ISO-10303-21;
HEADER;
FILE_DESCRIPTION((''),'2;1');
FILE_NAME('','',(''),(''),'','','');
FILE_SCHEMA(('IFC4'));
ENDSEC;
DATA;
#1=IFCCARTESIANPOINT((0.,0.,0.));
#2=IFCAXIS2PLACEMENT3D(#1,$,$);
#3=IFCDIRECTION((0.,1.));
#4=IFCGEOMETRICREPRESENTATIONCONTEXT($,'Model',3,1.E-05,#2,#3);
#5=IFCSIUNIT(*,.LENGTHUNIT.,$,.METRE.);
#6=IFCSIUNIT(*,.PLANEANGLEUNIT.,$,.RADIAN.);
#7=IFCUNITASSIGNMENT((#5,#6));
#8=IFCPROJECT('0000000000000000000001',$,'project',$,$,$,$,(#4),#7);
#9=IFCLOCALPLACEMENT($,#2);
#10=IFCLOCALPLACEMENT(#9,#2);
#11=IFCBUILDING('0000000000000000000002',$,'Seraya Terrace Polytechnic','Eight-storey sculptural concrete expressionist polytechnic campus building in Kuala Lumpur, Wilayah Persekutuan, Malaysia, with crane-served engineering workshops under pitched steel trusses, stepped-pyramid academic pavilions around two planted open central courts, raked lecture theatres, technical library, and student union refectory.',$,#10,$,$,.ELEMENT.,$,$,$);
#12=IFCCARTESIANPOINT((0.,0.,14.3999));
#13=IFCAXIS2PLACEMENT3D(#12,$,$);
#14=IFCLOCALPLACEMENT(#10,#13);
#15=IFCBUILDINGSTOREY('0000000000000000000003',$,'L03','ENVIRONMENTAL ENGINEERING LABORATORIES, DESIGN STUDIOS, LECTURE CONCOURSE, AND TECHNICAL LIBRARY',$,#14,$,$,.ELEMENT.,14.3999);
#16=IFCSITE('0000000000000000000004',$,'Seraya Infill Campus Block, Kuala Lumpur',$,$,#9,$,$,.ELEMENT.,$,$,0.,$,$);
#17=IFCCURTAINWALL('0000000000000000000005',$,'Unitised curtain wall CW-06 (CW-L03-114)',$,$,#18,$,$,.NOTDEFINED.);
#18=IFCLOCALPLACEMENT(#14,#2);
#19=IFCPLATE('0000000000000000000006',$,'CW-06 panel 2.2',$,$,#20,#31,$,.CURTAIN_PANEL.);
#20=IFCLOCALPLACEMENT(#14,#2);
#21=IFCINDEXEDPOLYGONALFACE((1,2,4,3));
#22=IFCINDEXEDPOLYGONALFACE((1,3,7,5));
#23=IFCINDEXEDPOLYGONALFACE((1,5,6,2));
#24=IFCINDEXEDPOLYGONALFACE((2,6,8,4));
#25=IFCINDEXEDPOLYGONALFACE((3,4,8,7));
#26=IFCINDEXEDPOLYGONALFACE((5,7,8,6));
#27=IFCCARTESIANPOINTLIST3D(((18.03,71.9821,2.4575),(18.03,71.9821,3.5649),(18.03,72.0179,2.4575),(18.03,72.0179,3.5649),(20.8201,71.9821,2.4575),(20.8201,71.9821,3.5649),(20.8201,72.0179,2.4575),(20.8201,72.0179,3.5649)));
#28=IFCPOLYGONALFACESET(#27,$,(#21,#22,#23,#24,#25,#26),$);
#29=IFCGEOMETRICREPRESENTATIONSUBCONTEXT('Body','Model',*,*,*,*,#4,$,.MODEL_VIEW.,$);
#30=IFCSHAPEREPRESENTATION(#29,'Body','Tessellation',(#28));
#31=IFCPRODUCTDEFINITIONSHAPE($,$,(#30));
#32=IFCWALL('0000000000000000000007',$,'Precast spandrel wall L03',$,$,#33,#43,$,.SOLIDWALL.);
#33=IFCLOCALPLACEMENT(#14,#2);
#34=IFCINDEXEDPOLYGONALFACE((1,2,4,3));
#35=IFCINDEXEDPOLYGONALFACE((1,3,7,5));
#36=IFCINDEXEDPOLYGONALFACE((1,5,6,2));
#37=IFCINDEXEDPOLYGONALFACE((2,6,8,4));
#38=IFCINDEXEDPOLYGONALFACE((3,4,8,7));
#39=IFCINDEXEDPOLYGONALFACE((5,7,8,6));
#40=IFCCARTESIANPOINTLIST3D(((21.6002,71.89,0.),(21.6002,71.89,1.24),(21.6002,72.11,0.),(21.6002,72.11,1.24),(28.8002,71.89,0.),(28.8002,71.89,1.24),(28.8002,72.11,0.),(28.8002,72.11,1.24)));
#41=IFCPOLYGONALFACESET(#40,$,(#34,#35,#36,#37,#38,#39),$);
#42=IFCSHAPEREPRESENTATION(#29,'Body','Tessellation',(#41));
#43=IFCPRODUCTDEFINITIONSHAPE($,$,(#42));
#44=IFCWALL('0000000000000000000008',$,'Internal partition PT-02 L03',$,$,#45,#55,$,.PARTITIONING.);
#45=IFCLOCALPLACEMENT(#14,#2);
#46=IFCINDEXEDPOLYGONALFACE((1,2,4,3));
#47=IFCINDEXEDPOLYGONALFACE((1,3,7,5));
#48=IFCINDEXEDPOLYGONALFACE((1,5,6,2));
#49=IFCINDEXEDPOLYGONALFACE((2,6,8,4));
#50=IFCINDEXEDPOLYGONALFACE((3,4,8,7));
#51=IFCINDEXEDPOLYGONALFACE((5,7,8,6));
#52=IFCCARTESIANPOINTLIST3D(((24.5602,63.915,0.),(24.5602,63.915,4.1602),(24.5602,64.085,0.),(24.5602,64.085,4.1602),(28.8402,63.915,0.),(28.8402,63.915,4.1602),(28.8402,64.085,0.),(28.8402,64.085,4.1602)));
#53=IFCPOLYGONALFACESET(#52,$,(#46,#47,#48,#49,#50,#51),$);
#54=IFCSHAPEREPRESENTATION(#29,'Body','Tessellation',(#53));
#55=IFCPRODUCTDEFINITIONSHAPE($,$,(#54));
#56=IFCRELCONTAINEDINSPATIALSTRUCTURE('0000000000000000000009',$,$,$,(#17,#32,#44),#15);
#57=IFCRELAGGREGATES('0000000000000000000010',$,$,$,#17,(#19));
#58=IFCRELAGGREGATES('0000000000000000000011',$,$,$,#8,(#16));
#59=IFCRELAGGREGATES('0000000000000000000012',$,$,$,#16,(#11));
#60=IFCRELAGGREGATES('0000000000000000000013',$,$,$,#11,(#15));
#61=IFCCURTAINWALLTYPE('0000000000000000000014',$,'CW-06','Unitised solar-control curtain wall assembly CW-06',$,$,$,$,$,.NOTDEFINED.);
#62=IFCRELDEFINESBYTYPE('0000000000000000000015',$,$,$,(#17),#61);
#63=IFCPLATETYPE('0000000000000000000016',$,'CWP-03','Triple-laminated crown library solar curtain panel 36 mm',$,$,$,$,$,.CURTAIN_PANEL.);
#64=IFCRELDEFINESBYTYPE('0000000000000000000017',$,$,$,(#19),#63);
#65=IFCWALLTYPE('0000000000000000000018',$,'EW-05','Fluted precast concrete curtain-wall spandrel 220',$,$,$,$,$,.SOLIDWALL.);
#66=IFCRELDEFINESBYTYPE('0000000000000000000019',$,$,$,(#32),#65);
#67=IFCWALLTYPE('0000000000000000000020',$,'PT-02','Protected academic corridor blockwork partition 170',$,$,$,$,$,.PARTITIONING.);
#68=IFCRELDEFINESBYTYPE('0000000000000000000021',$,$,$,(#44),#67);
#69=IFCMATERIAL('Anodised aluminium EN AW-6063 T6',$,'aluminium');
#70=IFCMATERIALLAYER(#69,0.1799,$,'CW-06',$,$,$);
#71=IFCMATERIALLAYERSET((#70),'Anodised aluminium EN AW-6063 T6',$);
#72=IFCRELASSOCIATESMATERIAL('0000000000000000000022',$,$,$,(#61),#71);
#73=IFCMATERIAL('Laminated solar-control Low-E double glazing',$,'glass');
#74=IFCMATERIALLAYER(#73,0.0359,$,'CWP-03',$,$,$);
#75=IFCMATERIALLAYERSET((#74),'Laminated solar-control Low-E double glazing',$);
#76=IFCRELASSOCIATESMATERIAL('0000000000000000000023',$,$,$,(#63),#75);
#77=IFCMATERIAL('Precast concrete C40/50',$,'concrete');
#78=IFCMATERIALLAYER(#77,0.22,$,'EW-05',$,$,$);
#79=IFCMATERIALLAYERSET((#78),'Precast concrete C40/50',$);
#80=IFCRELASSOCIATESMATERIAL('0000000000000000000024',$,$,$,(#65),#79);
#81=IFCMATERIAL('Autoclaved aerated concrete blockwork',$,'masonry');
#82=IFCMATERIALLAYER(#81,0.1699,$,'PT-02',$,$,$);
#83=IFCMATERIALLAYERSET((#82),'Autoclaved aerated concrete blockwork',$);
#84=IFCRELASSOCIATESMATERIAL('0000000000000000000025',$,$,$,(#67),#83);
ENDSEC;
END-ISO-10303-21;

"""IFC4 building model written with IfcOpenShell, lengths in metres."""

from ifc_helpers import new_model, si_unit, direction, frame, frame_2d, origin, origin_2d, place, context, subcontext, project, spatial, rectangle, extrude, material, layer, layer_set, type_object, element, aggregate, save


model = new_model("IFC4")

# Units and contexts
model_context = context("Model", 3, precision=1e-05, world=origin(), true_north=direction((0.0, 1.0)))
body_context = subcontext(model_context, "Body", "Model", "MODEL_VIEW")
ifc_project = project(units=[si_unit("LENGTHUNIT", "METRE"), si_unit("PLANEANGLEUNIT", "RADIAN")], contexts=[model_context])

# Site, building, storey
site_placement = place(None, origin())
site = spatial("IfcSite", under=ifc_project, at=site_placement, Name="Seraya Infill Campus Block, Kuala Lumpur", CompositionType="ELEMENT", RefElevation=0.0)
building_placement = place(site_placement, origin())
building = spatial("IfcBuilding", under=site, at=building_placement, Name="Seraya Terrace Polytechnic", Description="Eight-storey sculptural concrete expressionist polytechnic campus building in Kuala Lumpur, Wilayah Persekutuan, Malaysia, with crane-served engineering workshops under pitched steel trusses, stepped-pyramid academic pavilions around two planted open central courts, raked lecture theatres, technical library, and student union refectory.", CompositionType="ELEMENT")
storey_placement = place(building_placement, frame((0.0, 0.0, 14.3999)))
storey = spatial("IfcBuildingStorey", under=building, at=storey_placement, Name="L03", Description="ENVIRONMENTAL ENGINEERING LABORATORIES, DESIGN STUDIOS, LECTURE CONCOURSE, AND TECHNICAL LIBRARY", CompositionType="ELEMENT", Elevation=14.3999)

# Curtain wall
ifc_material_1 = material(Name="Anodised aluminium EN AW-6063 T6", Category="aluminium")
ifc_layer_1 = layer(ifc_material_1, 0.1799, Name="CW-06")
ifc_layer_set_1 = layer_set([ifc_layer_1], Name="Anodised aluminium EN AW-6063 T6")
curtain_wall_type_1 = type_object("IfcCurtainWallType", Name="CW-06", Description="Unitised solar-control curtain wall assembly CW-06", PredefinedType="NOTDEFINED", material=ifc_layer_set_1)
curtain_wall_1_placement = place(storey_placement, origin())
curtain_wall_1 = element("IfcCurtainWall", 1, at=curtain_wall_1_placement, inside=storey, type_object=curtain_wall_type_1, Name="Unitised curtain wall CW-06 (CW-L03-114)", PredefinedType="NOTDEFINED")

# Plate
ifc_material_2 = material(Name="Laminated solar-control Low-E double glazing", Category="glass")
ifc_layer_2 = layer(ifc_material_2, 0.0359, Name="CWP-03")
ifc_layer_set_2 = layer_set([ifc_layer_2], Name="Laminated solar-control Low-E double glazing")
plate_type_1 = type_object("IfcPlateType", Name="CWP-03", Description="Triple-laminated crown library solar curtain panel 36 mm", PredefinedType="CURTAIN_PANEL", material=ifc_layer_set_2)
plate_1_placement = place(storey_placement, frame((19.425, 72.0, 2.4575), z_axis=(0.0, 0.0, 1.0), x_axis=(1.0, 0.0, 0.0)))
plate_1 = element("IfcPlate", 2, at=plate_1_placement, type_object=plate_type_1, Name="CW-06 panel 2.2", PredefinedType="CURTAIN_PANEL", context=body_context, shape_type="SweptSolid", body=[
    extrude(rectangle(XDim=2.79, YDim=0.0359, at=origin_2d()), origin(), (0.0, 0.0, 1.0), 1.1074),
])
aggregate(curtain_wall_1, [plate_1])

# Walls
ifc_material_3 = material(Name="Precast concrete C40/50", Category="concrete")
ifc_layer_3 = layer(ifc_material_3, 0.22, Name="EW-05")
ifc_layer_set_3 = layer_set([ifc_layer_3], Name="Precast concrete C40/50")
wall_type_1 = type_object("IfcWallType", Name="EW-05", Description="Fluted precast concrete curtain-wall spandrel 220", PredefinedType="SOLIDWALL", material=ifc_layer_set_3)
wall_1_placement = place(storey_placement, frame((21.6001, 72.0, 0.0), z_axis=(0.0, 0.0, 1.0), x_axis=(1.0, 0.0, 0.0)))
element("IfcWall", 3, at=wall_1_placement, inside=storey, type_object=wall_type_1, Name="Precast spandrel wall L03", PredefinedType="SOLIDWALL", context=body_context, shape_type="SweptSolid", body=[
    extrude(rectangle(XDim=7.2, YDim=0.22, at=frame_2d((3.6001, 0.0))), origin(), (0.0, 0.0, 1.0), 1.24),
])
ifc_material_4 = material(Name="Autoclaved aerated concrete blockwork", Category="masonry")
ifc_layer_4 = layer(ifc_material_4, 0.1699, Name="PT-02")
ifc_layer_set_4 = layer_set([ifc_layer_4], Name="Autoclaved aerated concrete blockwork")
wall_type_2 = type_object("IfcWallType", Name="PT-02", Description="Protected academic corridor blockwork partition 170", PredefinedType="PARTITIONING", material=ifc_layer_set_4)
wall_2_placement = place(storey_placement, frame((24.5601, 64.0, 0.0), z_axis=(0.0, 0.0, 1.0), x_axis=(1.0, 0.0, 0.0)))
element("IfcWall", 4, at=wall_2_placement, inside=storey, type_object=wall_type_2, Name="Internal partition PT-02 L03", PredefinedType="PARTITIONING", context=body_context, shape_type="SweptSolid", body=[
    extrude(rectangle(XDim=4.28, YDim=0.1699, at=frame_2d((2.1401, 0.0))), origin(), (0.0, 0.0, 1.0), 4.1602),
])

save(model, "model.ifc")
